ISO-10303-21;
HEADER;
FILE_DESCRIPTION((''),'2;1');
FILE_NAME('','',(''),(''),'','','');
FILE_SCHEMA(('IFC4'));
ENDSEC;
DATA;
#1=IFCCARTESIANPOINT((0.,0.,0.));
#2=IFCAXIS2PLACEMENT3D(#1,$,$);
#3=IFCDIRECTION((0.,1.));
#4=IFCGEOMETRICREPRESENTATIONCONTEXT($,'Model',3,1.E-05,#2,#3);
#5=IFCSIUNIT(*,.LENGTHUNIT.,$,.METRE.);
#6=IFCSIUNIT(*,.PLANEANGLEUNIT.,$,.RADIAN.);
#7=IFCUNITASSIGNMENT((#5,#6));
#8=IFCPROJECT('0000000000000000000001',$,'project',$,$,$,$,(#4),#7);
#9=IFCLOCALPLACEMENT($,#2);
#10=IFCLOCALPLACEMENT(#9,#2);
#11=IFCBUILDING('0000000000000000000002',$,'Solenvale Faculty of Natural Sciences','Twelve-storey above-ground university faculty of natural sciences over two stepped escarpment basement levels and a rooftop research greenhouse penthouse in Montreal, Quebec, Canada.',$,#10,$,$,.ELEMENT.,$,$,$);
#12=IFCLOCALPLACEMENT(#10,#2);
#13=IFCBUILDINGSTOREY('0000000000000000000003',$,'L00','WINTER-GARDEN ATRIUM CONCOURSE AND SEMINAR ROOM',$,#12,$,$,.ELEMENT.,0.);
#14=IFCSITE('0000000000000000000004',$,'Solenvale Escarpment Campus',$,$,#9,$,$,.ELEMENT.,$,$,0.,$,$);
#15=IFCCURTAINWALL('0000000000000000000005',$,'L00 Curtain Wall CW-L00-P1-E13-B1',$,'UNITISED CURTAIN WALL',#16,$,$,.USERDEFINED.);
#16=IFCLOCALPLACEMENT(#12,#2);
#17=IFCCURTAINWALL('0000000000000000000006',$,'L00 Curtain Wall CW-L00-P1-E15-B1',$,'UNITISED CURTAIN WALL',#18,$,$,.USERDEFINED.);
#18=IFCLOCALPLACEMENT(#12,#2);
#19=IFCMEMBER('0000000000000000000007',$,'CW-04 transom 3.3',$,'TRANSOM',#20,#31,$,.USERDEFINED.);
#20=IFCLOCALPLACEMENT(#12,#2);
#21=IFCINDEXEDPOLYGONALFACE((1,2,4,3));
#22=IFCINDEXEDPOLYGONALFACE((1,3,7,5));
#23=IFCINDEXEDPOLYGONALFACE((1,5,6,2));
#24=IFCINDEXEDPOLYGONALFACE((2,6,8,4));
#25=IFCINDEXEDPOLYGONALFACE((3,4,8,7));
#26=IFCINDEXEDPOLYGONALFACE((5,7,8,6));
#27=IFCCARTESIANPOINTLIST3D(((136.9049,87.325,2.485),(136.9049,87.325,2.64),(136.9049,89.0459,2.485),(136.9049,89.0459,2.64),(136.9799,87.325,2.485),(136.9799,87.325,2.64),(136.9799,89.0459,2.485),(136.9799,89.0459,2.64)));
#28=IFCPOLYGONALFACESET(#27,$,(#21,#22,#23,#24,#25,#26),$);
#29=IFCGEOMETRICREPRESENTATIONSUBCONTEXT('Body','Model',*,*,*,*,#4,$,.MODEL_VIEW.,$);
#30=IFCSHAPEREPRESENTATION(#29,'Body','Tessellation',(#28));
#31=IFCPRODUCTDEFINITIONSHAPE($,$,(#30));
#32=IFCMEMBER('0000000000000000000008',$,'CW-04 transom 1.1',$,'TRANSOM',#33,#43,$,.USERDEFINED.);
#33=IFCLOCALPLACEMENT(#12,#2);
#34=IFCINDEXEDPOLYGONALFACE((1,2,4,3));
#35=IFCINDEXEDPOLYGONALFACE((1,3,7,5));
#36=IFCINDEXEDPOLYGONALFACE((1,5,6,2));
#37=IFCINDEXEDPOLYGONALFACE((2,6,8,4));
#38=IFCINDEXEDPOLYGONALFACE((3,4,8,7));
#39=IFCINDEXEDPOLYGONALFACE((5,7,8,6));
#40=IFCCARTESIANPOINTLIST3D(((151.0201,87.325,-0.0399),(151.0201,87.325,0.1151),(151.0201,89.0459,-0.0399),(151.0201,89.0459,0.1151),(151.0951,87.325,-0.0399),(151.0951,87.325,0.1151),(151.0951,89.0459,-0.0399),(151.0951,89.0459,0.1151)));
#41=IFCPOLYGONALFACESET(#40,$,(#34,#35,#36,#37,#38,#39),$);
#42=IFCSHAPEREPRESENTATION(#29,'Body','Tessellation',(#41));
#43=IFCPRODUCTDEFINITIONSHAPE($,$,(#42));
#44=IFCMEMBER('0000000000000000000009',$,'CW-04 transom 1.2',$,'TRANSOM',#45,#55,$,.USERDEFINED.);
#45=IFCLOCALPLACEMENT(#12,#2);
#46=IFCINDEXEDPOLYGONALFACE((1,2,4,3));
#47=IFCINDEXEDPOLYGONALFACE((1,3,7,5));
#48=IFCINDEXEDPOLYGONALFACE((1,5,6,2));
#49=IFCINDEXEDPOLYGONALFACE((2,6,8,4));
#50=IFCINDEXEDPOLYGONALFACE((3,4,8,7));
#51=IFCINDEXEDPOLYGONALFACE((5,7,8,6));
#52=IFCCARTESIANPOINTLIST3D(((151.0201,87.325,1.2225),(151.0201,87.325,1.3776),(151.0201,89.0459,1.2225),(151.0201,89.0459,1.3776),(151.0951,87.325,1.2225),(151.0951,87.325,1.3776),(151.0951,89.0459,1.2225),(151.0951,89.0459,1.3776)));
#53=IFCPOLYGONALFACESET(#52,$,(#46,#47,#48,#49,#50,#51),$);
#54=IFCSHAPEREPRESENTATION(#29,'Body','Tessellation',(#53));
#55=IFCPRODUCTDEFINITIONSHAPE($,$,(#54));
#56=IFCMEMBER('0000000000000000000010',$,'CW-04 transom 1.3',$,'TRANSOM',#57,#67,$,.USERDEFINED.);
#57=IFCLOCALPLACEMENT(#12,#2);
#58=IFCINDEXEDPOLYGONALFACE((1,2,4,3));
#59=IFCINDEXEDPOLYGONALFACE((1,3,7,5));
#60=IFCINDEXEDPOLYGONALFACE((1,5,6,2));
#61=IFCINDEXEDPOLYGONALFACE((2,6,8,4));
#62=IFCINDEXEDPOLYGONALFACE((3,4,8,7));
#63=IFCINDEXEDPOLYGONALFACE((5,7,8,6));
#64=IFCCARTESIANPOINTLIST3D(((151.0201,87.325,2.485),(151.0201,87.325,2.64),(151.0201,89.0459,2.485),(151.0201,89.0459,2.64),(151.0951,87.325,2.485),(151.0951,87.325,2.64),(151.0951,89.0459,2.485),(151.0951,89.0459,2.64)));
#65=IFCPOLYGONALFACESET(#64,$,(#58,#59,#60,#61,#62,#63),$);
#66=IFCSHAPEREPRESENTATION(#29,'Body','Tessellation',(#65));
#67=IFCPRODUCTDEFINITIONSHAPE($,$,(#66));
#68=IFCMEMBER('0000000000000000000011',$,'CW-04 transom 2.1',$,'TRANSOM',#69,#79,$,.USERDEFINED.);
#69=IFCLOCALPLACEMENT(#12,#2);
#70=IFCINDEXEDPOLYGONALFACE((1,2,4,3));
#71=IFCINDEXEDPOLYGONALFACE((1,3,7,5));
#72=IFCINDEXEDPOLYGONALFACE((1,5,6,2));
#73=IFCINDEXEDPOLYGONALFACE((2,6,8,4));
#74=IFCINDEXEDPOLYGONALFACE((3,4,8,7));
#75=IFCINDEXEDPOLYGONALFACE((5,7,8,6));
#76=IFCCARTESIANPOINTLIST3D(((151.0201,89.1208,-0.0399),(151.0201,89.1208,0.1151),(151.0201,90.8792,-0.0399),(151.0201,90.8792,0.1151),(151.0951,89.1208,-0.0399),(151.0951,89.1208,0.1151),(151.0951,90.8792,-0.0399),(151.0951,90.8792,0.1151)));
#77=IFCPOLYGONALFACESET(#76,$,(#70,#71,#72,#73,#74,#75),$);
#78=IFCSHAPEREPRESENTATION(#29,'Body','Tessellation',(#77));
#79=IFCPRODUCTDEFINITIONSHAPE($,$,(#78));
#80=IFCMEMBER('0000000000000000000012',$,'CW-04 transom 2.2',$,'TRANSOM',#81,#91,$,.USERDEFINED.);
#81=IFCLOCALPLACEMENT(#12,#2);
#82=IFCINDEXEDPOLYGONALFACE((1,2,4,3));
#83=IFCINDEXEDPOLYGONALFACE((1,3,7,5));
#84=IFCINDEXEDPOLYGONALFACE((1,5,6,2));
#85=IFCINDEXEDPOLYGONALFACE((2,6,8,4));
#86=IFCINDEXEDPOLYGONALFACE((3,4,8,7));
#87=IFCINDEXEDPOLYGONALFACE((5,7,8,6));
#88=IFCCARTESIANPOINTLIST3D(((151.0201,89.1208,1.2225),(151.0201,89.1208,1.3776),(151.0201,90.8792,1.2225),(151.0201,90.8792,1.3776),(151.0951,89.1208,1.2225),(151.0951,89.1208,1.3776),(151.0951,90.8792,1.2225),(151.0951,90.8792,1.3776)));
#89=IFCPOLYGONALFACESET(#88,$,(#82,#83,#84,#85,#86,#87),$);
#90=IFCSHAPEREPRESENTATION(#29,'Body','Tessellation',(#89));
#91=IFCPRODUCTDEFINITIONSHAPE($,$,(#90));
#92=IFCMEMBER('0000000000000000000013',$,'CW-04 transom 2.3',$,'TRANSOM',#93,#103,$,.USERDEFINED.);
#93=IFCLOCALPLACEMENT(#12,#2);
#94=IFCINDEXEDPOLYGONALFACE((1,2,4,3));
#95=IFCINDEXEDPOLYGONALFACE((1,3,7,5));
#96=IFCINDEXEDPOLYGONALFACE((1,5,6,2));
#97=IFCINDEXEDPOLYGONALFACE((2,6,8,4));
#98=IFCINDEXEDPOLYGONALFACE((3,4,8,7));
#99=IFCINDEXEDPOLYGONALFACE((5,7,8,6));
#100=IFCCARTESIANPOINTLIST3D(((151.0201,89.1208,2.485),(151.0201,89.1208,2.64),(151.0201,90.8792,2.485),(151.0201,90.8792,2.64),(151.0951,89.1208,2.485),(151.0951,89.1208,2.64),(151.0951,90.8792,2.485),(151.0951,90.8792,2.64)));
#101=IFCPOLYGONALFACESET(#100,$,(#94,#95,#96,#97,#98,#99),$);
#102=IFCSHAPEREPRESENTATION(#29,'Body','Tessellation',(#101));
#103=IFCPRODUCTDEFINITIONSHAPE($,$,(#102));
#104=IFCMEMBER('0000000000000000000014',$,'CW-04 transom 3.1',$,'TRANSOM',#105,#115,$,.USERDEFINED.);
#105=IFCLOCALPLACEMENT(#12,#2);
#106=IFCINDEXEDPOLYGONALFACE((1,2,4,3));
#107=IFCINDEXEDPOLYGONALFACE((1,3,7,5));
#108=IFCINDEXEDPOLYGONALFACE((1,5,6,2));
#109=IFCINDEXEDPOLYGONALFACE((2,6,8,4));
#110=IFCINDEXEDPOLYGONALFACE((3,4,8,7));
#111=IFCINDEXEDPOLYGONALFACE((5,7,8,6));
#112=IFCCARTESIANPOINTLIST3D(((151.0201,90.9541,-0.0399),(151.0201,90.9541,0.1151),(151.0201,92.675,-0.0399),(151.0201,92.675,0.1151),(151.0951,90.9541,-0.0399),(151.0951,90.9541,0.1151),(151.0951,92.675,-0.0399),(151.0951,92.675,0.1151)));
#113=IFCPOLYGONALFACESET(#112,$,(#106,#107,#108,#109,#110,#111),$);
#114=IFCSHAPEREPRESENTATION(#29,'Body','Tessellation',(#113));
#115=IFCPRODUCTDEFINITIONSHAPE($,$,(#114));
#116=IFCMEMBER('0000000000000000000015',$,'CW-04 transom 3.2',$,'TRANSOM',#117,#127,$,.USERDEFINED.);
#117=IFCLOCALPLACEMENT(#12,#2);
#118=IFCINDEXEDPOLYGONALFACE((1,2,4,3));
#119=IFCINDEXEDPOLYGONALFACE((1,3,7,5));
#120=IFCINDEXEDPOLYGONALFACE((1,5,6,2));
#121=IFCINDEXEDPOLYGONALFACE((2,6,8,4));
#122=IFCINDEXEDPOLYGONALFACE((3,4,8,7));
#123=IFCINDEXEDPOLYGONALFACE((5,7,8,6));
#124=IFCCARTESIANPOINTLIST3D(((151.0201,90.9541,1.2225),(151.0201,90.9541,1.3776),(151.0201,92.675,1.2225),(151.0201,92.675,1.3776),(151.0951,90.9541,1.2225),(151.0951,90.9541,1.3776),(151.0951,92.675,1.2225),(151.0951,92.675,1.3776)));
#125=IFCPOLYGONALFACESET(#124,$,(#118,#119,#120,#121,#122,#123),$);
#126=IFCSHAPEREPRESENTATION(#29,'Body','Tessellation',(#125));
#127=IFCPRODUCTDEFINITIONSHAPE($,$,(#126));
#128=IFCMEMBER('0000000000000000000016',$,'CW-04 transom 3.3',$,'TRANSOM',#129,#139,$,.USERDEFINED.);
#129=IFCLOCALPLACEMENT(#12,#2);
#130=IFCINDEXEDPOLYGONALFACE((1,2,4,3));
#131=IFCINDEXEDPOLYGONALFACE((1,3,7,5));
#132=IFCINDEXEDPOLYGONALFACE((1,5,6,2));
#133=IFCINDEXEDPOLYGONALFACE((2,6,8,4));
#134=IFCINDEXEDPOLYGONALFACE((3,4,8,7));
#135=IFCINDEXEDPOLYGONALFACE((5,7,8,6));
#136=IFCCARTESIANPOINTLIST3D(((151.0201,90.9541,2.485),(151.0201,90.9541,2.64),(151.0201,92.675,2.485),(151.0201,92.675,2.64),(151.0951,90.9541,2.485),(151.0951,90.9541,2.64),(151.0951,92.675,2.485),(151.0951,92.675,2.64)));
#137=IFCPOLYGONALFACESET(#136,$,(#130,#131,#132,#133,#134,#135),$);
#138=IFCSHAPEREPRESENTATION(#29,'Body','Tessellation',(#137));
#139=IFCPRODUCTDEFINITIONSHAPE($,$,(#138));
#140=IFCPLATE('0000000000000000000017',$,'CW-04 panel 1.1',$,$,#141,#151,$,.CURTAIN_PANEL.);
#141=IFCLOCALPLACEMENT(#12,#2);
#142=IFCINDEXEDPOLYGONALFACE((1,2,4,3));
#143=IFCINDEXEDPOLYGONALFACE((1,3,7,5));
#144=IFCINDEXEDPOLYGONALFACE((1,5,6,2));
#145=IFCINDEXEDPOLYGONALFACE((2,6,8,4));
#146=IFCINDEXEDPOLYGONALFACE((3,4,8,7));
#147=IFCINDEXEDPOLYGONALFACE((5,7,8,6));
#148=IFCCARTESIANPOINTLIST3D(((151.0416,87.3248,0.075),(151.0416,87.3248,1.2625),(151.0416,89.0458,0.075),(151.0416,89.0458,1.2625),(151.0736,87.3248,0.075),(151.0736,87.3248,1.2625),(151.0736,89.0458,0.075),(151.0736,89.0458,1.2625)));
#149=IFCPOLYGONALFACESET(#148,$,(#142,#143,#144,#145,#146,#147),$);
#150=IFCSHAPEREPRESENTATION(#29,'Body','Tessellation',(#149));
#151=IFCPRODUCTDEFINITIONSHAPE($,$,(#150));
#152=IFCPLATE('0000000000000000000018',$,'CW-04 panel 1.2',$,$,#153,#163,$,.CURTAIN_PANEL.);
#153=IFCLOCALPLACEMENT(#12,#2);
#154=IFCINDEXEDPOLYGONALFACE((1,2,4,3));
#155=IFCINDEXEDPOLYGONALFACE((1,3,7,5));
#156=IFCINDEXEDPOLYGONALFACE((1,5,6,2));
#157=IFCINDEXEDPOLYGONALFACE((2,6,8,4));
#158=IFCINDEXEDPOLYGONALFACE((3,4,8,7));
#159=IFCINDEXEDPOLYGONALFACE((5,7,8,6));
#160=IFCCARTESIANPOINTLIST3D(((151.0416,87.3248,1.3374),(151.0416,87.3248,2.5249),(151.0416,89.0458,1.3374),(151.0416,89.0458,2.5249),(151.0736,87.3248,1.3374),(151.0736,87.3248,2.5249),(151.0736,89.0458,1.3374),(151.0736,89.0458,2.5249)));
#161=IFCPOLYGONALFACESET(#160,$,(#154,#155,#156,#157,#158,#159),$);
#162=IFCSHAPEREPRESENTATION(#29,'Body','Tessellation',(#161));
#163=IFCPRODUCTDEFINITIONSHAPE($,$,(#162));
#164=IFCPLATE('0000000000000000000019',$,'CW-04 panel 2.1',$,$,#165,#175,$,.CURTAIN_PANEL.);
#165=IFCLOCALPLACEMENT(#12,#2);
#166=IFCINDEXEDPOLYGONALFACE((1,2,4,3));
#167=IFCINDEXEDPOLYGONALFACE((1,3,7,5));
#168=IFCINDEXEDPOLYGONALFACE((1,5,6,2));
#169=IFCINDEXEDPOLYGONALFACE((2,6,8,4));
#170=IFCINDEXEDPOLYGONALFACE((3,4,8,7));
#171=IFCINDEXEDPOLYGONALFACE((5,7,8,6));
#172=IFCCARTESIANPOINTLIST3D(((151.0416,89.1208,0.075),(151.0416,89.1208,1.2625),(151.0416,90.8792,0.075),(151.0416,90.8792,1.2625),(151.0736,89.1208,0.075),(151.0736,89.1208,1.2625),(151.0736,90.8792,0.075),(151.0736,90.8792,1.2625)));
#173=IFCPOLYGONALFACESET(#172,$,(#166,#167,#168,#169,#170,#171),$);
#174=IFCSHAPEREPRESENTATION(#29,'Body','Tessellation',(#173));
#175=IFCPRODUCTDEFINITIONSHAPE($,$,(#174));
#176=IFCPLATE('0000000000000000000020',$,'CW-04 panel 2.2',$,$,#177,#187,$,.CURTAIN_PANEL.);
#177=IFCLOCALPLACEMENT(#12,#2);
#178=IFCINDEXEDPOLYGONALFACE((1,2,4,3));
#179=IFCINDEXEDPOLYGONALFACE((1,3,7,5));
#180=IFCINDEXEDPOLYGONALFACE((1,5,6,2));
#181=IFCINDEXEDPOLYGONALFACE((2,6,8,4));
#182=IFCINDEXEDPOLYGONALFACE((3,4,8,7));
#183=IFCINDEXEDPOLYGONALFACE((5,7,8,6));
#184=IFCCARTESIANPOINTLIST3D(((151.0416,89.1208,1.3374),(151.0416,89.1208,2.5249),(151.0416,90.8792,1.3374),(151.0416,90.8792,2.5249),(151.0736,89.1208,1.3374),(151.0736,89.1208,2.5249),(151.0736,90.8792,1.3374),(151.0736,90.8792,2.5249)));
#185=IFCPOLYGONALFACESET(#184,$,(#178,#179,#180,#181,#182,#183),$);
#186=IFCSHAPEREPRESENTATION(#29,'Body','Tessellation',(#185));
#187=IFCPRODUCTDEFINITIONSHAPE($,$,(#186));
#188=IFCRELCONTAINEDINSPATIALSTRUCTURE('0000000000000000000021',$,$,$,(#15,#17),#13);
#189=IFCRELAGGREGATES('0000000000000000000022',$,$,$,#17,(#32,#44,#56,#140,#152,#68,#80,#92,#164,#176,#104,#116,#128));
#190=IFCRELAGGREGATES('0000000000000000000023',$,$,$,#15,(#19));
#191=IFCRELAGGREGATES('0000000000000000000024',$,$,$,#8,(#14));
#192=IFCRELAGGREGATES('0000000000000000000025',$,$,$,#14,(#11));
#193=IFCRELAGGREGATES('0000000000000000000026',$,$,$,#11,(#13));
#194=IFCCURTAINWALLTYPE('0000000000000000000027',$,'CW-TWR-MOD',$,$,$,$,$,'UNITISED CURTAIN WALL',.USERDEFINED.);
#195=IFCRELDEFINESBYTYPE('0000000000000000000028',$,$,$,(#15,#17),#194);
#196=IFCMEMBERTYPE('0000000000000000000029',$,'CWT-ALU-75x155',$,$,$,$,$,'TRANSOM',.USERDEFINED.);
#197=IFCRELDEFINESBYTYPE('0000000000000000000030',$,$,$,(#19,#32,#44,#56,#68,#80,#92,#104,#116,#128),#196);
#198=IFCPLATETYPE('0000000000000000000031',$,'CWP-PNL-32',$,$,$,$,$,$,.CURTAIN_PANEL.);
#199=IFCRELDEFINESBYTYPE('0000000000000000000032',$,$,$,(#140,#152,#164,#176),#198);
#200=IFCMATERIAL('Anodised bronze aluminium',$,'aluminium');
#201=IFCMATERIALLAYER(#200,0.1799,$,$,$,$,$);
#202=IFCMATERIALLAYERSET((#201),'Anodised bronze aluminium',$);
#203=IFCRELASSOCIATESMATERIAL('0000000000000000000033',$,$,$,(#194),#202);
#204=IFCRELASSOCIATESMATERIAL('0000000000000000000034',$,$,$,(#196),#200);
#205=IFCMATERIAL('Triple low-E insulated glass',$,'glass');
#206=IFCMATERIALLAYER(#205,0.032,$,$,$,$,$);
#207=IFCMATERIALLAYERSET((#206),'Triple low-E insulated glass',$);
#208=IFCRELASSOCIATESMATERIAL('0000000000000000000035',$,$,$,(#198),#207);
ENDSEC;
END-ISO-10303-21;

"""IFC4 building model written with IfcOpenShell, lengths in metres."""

from ifc_helpers import new_model, si_unit, direction, frame, origin, origin_2d, place, context, subcontext, project, spatial, rectangle, extrude, material, layer, layer_set, material_profile, profile_set, type_object, element, aggregate, save


model = new_model("IFC4")

# Units and contexts
model_context = context("Model", 3, precision=1e-05, world=origin(), true_north=direction((0.0, 1.0)))
body_context = subcontext(model_context, "Body", "Model", "MODEL_VIEW")
ifc_project = project(units=[si_unit("LENGTHUNIT", "METRE"), si_unit("PLANEANGLEUNIT", "RADIAN")], contexts=[model_context])

# Site, building, storey
site_placement = place(None, origin())
site = spatial("IfcSite", under=ifc_project, at=site_placement, Name="Solenvale Escarpment Campus", CompositionType="ELEMENT", RefElevation=0.0)
building_placement = place(site_placement, origin())
building = spatial("IfcBuilding", under=site, at=building_placement, Name="Solenvale Faculty of Natural Sciences", Description="Twelve-storey above-ground university faculty of natural sciences over two stepped escarpment basement levels and a rooftop research greenhouse penthouse in Montreal, Quebec, Canada.", CompositionType="ELEMENT")
storey_placement = place(building_placement, origin())
storey = spatial("IfcBuildingStorey", under=building, at=storey_placement, Name="L00", Description="WINTER-GARDEN ATRIUM CONCOURSE AND SEMINAR ROOM", CompositionType="ELEMENT", Elevation=0.0)

# Curtain walls
ifc_material_1 = material(Name="Anodised bronze aluminium", Category="aluminium")
ifc_layer_1 = layer(ifc_material_1, 0.1799)
ifc_layer_set_1 = layer_set([ifc_layer_1], Name="Anodised bronze aluminium")
curtain_wall_type = type_object("IfcCurtainWallType", Name="CW-TWR-MOD", ElementType="UNITISED CURTAIN WALL", PredefinedType="USERDEFINED", material=ifc_layer_set_1)
curtain_wall_1_placement = place(storey_placement, origin())
curtain_wall_1 = element("IfcCurtainWall", 1, at=curtain_wall_1_placement, inside=storey, type_object=curtain_wall_type, Name="L00 Curtain Wall CW-L00-P1-E13-B1", ObjectType="UNITISED CURTAIN WALL", PredefinedType="USERDEFINED")
curtain_wall_2_placement = place(storey_placement, origin())
curtain_wall_2 = element("IfcCurtainWall", 2, at=curtain_wall_2_placement, inside=storey, type_object=curtain_wall_type, Name="L00 Curtain Wall CW-L00-P1-E15-B1", ObjectType="UNITISED CURTAIN WALL", PredefinedType="USERDEFINED")

# Members
ifc_material_profile_1 = material_profile(ifc_material_1, rectangle(XDim=0.075, YDim=0.155, at=origin_2d()), Name="ALU-TRN-75x155")
ifc_profile_set_1 = profile_set([ifc_material_profile_1], Name="Anodised bronze aluminium")
member_type_1 = type_object("IfcMemberType", Name="CWT-ALU-75x155", ElementType="TRANSOM", PredefinedType="USERDEFINED", material=ifc_profile_set_1)
member_1_placement = place(storey_placement, frame((136.9424, 89.0459, 2.5625), z_axis=(0.0, -1.0, 0.0), x_axis=(1.0, 0.0, 0.0)))
member_1 = element("IfcMember", 3, at=member_1_placement, type_object=member_type_1, Name="CW-04 transom 3.3", ObjectType="TRANSOM", PredefinedType="USERDEFINED", context=body_context, shape_type="SweptSolid", body=[
    extrude(rectangle(XDim=0.075, YDim=0.155, at=origin_2d()), origin(), (0.0, 0.0, 1.0), 1.7209),
])
member_2_placement = place(storey_placement, frame((151.0576, 87.325, 0.0376), z_axis=(0.0, 1.0, 0.0), x_axis=(-1.0, 0.0, 0.0)))
member_2 = element("IfcMember", 4, at=member_2_placement, type_object=member_type_1, Name="CW-04 transom 1.1", ObjectType="TRANSOM", PredefinedType="USERDEFINED", context=body_context, shape_type="SweptSolid", body=[
    extrude(rectangle(XDim=0.075, YDim=0.155, at=origin_2d()), origin(), (0.0, 0.0, 1.0), 1.7209),
])
member_3_placement = place(storey_placement, frame((151.0576, 87.325, 1.3), z_axis=(0.0, 1.0, 0.0), x_axis=(-1.0, 0.0, 0.0)))
member_3 = element("IfcMember", 5, at=member_3_placement, type_object=member_type_1, Name="CW-04 transom 1.2", ObjectType="TRANSOM", PredefinedType="USERDEFINED", context=body_context, shape_type="SweptSolid", body=[
    extrude(rectangle(XDim=0.075, YDim=0.155, at=origin_2d()), origin(), (0.0, 0.0, 1.0), 1.7209),
])
member_4_placement = place(storey_placement, frame((151.0576, 87.325, 2.5625), z_axis=(0.0, 1.0, 0.0), x_axis=(-1.0, 0.0, 0.0)))
member_4 = element("IfcMember", 6, at=member_4_placement, type_object=member_type_1, Name="CW-04 transom 1.3", ObjectType="TRANSOM", PredefinedType="USERDEFINED", context=body_context, shape_type="SweptSolid", body=[
    extrude(rectangle(XDim=0.075, YDim=0.155, at=origin_2d()), origin(), (0.0, 0.0, 1.0), 1.7209),
])
member_5_placement = place(storey_placement, frame((151.0576, 89.1208, 0.0376), z_axis=(0.0, 1.0, 0.0), x_axis=(-1.0, 0.0, 0.0)))
member_5 = element("IfcMember", 7, at=member_5_placement, type_object=member_type_1, Name="CW-04 transom 2.1", ObjectType="TRANSOM", PredefinedType="USERDEFINED", context=body_context, shape_type="SweptSolid", body=[
    extrude(rectangle(XDim=0.075, YDim=0.155, at=origin_2d()), origin(), (0.0, 0.0, 1.0), 1.7583),
])
member_6_placement = place(storey_placement, frame((151.0576, 89.1208, 1.3), z_axis=(0.0, 1.0, 0.0), x_axis=(-1.0, 0.0, 0.0)))
member_6 = element("IfcMember", 8, at=member_6_placement, type_object=member_type_1, Name="CW-04 transom 2.2", ObjectType="TRANSOM", PredefinedType="USERDEFINED", context=body_context, shape_type="SweptSolid", body=[
    extrude(rectangle(XDim=0.075, YDim=0.155, at=origin_2d()), origin(), (0.0, 0.0, 1.0), 1.7583),
])
member_7_placement = place(storey_placement, frame((151.0576, 89.1208, 2.5625), z_axis=(0.0, 1.0, 0.0), x_axis=(-1.0, 0.0, 0.0)))
member_7 = element("IfcMember", 9, at=member_7_placement, type_object=member_type_1, Name="CW-04 transom 2.3", ObjectType="TRANSOM", PredefinedType="USERDEFINED", context=body_context, shape_type="SweptSolid", body=[
    extrude(rectangle(XDim=0.075, YDim=0.155, at=origin_2d()), origin(), (0.0, 0.0, 1.0), 1.7583),
])
member_8_placement = place(storey_placement, frame((151.0576, 90.9541, 0.0376), z_axis=(0.0, 1.0, 0.0), x_axis=(-1.0, 0.0, 0.0)))
member_8 = element("IfcMember", 10, at=member_8_placement, type_object=member_type_1, Name="CW-04 transom 3.1", ObjectType="TRANSOM", PredefinedType="USERDEFINED", context=body_context, shape_type="SweptSolid", body=[
    extrude(rectangle(XDim=0.075, YDim=0.155, at=origin_2d()), origin(), (0.0, 0.0, 1.0), 1.7209),
])
member_9_placement = place(storey_placement, frame((151.0576, 90.9541, 1.3), z_axis=(0.0, 1.0, 0.0), x_axis=(-1.0, 0.0, 0.0)))
member_9 = element("IfcMember", 11, at=member_9_placement, type_object=member_type_1, Name="CW-04 transom 3.2", ObjectType="TRANSOM", PredefinedType="USERDEFINED", context=body_context, shape_type="SweptSolid", body=[
    extrude(rectangle(XDim=0.075, YDim=0.155, at=origin_2d()), origin(), (0.0, 0.0, 1.0), 1.7209),
])
member_10_placement = place(storey_placement, frame((151.0576, 90.9541, 2.5625), z_axis=(0.0, 1.0, 0.0), x_axis=(-1.0, 0.0, 0.0)))
member_10 = element("IfcMember", 12, at=member_10_placement, type_object=member_type_1, Name="CW-04 transom 3.3", ObjectType="TRANSOM", PredefinedType="USERDEFINED", context=body_context, shape_type="SweptSolid", body=[
    extrude(rectangle(XDim=0.075, YDim=0.155, at=origin_2d()), origin(), (0.0, 0.0, 1.0), 1.7209),
])

# Plates
ifc_material_2 = material(Name="Triple low-E insulated glass", Category="glass")
ifc_layer_2 = layer(ifc_material_2, 0.032)
ifc_layer_set_2 = layer_set([ifc_layer_2], Name="Triple low-E insulated glass")
plate_type_1 = type_object("IfcPlateType", Name="CWP-PNL-32", PredefinedType="CURTAIN_PANEL", material=ifc_layer_set_2)
plate_1_placement = place(storey_placement, frame((151.0576, 88.1853, 0.075), z_axis=(0.0, 0.0, 1.0), x_axis=(0.0, 1.0, 0.0)))
plate_1 = element("IfcPlate", 13, at=plate_1_placement, type_object=plate_type_1, Name="CW-04 panel 1.1", PredefinedType="CURTAIN_PANEL", context=body_context, shape_type="SweptSolid", body=[
    extrude(rectangle(XDim=1.7209, YDim=0.032, at=origin_2d()), origin(), (0.0, 0.0, 1.0), 1.1875),
])
plate_2_placement = place(storey_placement, frame((151.0576, 88.1853, 1.3374), z_axis=(0.0, 0.0, 1.0), x_axis=(0.0, 1.0, 0.0)))
plate_2 = element("IfcPlate", 14, at=plate_2_placement, type_object=plate_type_1, Name="CW-04 panel 1.2", PredefinedType="CURTAIN_PANEL", context=body_context, shape_type="SweptSolid", body=[
    extrude(rectangle(XDim=1.7209, YDim=0.032, at=origin_2d()), origin(), (0.0, 0.0, 1.0), 1.1875),
])
plate_3_placement = place(storey_placement, frame((151.0576, 90.0, 0.075), z_axis=(0.0, 0.0, 1.0), x_axis=(0.0, 1.0, 0.0)))
plate_3 = element("IfcPlate", 15, at=plate_3_placement, type_object=plate_type_1, Name="CW-04 panel 2.1", PredefinedType="CURTAIN_PANEL", context=body_context, shape_type="SweptSolid", body=[
    extrude(rectangle(XDim=1.7583, YDim=0.032, at=origin_2d()), origin(), (0.0, 0.0, 1.0), 1.1875),
])
plate_4_placement = place(storey_placement, frame((151.0576, 90.0, 1.3374), z_axis=(0.0, 0.0, 1.0), x_axis=(0.0, 1.0, 0.0)))
plate_4 = element("IfcPlate", 16, at=plate_4_placement, type_object=plate_type_1, Name="CW-04 panel 2.2", PredefinedType="CURTAIN_PANEL", context=body_context, shape_type="SweptSolid", body=[
    extrude(rectangle(XDim=1.7583, YDim=0.032, at=origin_2d()), origin(), (0.0, 0.0, 1.0), 1.1875),
])
aggregate(curtain_wall_2, [member_2, member_3, member_4, plate_1, plate_2, member_5, member_6, member_7, plate_3, plate_4, member_8, member_9, member_10])
aggregate(curtain_wall_1, [member_1])

save(model, "model.ifc")
